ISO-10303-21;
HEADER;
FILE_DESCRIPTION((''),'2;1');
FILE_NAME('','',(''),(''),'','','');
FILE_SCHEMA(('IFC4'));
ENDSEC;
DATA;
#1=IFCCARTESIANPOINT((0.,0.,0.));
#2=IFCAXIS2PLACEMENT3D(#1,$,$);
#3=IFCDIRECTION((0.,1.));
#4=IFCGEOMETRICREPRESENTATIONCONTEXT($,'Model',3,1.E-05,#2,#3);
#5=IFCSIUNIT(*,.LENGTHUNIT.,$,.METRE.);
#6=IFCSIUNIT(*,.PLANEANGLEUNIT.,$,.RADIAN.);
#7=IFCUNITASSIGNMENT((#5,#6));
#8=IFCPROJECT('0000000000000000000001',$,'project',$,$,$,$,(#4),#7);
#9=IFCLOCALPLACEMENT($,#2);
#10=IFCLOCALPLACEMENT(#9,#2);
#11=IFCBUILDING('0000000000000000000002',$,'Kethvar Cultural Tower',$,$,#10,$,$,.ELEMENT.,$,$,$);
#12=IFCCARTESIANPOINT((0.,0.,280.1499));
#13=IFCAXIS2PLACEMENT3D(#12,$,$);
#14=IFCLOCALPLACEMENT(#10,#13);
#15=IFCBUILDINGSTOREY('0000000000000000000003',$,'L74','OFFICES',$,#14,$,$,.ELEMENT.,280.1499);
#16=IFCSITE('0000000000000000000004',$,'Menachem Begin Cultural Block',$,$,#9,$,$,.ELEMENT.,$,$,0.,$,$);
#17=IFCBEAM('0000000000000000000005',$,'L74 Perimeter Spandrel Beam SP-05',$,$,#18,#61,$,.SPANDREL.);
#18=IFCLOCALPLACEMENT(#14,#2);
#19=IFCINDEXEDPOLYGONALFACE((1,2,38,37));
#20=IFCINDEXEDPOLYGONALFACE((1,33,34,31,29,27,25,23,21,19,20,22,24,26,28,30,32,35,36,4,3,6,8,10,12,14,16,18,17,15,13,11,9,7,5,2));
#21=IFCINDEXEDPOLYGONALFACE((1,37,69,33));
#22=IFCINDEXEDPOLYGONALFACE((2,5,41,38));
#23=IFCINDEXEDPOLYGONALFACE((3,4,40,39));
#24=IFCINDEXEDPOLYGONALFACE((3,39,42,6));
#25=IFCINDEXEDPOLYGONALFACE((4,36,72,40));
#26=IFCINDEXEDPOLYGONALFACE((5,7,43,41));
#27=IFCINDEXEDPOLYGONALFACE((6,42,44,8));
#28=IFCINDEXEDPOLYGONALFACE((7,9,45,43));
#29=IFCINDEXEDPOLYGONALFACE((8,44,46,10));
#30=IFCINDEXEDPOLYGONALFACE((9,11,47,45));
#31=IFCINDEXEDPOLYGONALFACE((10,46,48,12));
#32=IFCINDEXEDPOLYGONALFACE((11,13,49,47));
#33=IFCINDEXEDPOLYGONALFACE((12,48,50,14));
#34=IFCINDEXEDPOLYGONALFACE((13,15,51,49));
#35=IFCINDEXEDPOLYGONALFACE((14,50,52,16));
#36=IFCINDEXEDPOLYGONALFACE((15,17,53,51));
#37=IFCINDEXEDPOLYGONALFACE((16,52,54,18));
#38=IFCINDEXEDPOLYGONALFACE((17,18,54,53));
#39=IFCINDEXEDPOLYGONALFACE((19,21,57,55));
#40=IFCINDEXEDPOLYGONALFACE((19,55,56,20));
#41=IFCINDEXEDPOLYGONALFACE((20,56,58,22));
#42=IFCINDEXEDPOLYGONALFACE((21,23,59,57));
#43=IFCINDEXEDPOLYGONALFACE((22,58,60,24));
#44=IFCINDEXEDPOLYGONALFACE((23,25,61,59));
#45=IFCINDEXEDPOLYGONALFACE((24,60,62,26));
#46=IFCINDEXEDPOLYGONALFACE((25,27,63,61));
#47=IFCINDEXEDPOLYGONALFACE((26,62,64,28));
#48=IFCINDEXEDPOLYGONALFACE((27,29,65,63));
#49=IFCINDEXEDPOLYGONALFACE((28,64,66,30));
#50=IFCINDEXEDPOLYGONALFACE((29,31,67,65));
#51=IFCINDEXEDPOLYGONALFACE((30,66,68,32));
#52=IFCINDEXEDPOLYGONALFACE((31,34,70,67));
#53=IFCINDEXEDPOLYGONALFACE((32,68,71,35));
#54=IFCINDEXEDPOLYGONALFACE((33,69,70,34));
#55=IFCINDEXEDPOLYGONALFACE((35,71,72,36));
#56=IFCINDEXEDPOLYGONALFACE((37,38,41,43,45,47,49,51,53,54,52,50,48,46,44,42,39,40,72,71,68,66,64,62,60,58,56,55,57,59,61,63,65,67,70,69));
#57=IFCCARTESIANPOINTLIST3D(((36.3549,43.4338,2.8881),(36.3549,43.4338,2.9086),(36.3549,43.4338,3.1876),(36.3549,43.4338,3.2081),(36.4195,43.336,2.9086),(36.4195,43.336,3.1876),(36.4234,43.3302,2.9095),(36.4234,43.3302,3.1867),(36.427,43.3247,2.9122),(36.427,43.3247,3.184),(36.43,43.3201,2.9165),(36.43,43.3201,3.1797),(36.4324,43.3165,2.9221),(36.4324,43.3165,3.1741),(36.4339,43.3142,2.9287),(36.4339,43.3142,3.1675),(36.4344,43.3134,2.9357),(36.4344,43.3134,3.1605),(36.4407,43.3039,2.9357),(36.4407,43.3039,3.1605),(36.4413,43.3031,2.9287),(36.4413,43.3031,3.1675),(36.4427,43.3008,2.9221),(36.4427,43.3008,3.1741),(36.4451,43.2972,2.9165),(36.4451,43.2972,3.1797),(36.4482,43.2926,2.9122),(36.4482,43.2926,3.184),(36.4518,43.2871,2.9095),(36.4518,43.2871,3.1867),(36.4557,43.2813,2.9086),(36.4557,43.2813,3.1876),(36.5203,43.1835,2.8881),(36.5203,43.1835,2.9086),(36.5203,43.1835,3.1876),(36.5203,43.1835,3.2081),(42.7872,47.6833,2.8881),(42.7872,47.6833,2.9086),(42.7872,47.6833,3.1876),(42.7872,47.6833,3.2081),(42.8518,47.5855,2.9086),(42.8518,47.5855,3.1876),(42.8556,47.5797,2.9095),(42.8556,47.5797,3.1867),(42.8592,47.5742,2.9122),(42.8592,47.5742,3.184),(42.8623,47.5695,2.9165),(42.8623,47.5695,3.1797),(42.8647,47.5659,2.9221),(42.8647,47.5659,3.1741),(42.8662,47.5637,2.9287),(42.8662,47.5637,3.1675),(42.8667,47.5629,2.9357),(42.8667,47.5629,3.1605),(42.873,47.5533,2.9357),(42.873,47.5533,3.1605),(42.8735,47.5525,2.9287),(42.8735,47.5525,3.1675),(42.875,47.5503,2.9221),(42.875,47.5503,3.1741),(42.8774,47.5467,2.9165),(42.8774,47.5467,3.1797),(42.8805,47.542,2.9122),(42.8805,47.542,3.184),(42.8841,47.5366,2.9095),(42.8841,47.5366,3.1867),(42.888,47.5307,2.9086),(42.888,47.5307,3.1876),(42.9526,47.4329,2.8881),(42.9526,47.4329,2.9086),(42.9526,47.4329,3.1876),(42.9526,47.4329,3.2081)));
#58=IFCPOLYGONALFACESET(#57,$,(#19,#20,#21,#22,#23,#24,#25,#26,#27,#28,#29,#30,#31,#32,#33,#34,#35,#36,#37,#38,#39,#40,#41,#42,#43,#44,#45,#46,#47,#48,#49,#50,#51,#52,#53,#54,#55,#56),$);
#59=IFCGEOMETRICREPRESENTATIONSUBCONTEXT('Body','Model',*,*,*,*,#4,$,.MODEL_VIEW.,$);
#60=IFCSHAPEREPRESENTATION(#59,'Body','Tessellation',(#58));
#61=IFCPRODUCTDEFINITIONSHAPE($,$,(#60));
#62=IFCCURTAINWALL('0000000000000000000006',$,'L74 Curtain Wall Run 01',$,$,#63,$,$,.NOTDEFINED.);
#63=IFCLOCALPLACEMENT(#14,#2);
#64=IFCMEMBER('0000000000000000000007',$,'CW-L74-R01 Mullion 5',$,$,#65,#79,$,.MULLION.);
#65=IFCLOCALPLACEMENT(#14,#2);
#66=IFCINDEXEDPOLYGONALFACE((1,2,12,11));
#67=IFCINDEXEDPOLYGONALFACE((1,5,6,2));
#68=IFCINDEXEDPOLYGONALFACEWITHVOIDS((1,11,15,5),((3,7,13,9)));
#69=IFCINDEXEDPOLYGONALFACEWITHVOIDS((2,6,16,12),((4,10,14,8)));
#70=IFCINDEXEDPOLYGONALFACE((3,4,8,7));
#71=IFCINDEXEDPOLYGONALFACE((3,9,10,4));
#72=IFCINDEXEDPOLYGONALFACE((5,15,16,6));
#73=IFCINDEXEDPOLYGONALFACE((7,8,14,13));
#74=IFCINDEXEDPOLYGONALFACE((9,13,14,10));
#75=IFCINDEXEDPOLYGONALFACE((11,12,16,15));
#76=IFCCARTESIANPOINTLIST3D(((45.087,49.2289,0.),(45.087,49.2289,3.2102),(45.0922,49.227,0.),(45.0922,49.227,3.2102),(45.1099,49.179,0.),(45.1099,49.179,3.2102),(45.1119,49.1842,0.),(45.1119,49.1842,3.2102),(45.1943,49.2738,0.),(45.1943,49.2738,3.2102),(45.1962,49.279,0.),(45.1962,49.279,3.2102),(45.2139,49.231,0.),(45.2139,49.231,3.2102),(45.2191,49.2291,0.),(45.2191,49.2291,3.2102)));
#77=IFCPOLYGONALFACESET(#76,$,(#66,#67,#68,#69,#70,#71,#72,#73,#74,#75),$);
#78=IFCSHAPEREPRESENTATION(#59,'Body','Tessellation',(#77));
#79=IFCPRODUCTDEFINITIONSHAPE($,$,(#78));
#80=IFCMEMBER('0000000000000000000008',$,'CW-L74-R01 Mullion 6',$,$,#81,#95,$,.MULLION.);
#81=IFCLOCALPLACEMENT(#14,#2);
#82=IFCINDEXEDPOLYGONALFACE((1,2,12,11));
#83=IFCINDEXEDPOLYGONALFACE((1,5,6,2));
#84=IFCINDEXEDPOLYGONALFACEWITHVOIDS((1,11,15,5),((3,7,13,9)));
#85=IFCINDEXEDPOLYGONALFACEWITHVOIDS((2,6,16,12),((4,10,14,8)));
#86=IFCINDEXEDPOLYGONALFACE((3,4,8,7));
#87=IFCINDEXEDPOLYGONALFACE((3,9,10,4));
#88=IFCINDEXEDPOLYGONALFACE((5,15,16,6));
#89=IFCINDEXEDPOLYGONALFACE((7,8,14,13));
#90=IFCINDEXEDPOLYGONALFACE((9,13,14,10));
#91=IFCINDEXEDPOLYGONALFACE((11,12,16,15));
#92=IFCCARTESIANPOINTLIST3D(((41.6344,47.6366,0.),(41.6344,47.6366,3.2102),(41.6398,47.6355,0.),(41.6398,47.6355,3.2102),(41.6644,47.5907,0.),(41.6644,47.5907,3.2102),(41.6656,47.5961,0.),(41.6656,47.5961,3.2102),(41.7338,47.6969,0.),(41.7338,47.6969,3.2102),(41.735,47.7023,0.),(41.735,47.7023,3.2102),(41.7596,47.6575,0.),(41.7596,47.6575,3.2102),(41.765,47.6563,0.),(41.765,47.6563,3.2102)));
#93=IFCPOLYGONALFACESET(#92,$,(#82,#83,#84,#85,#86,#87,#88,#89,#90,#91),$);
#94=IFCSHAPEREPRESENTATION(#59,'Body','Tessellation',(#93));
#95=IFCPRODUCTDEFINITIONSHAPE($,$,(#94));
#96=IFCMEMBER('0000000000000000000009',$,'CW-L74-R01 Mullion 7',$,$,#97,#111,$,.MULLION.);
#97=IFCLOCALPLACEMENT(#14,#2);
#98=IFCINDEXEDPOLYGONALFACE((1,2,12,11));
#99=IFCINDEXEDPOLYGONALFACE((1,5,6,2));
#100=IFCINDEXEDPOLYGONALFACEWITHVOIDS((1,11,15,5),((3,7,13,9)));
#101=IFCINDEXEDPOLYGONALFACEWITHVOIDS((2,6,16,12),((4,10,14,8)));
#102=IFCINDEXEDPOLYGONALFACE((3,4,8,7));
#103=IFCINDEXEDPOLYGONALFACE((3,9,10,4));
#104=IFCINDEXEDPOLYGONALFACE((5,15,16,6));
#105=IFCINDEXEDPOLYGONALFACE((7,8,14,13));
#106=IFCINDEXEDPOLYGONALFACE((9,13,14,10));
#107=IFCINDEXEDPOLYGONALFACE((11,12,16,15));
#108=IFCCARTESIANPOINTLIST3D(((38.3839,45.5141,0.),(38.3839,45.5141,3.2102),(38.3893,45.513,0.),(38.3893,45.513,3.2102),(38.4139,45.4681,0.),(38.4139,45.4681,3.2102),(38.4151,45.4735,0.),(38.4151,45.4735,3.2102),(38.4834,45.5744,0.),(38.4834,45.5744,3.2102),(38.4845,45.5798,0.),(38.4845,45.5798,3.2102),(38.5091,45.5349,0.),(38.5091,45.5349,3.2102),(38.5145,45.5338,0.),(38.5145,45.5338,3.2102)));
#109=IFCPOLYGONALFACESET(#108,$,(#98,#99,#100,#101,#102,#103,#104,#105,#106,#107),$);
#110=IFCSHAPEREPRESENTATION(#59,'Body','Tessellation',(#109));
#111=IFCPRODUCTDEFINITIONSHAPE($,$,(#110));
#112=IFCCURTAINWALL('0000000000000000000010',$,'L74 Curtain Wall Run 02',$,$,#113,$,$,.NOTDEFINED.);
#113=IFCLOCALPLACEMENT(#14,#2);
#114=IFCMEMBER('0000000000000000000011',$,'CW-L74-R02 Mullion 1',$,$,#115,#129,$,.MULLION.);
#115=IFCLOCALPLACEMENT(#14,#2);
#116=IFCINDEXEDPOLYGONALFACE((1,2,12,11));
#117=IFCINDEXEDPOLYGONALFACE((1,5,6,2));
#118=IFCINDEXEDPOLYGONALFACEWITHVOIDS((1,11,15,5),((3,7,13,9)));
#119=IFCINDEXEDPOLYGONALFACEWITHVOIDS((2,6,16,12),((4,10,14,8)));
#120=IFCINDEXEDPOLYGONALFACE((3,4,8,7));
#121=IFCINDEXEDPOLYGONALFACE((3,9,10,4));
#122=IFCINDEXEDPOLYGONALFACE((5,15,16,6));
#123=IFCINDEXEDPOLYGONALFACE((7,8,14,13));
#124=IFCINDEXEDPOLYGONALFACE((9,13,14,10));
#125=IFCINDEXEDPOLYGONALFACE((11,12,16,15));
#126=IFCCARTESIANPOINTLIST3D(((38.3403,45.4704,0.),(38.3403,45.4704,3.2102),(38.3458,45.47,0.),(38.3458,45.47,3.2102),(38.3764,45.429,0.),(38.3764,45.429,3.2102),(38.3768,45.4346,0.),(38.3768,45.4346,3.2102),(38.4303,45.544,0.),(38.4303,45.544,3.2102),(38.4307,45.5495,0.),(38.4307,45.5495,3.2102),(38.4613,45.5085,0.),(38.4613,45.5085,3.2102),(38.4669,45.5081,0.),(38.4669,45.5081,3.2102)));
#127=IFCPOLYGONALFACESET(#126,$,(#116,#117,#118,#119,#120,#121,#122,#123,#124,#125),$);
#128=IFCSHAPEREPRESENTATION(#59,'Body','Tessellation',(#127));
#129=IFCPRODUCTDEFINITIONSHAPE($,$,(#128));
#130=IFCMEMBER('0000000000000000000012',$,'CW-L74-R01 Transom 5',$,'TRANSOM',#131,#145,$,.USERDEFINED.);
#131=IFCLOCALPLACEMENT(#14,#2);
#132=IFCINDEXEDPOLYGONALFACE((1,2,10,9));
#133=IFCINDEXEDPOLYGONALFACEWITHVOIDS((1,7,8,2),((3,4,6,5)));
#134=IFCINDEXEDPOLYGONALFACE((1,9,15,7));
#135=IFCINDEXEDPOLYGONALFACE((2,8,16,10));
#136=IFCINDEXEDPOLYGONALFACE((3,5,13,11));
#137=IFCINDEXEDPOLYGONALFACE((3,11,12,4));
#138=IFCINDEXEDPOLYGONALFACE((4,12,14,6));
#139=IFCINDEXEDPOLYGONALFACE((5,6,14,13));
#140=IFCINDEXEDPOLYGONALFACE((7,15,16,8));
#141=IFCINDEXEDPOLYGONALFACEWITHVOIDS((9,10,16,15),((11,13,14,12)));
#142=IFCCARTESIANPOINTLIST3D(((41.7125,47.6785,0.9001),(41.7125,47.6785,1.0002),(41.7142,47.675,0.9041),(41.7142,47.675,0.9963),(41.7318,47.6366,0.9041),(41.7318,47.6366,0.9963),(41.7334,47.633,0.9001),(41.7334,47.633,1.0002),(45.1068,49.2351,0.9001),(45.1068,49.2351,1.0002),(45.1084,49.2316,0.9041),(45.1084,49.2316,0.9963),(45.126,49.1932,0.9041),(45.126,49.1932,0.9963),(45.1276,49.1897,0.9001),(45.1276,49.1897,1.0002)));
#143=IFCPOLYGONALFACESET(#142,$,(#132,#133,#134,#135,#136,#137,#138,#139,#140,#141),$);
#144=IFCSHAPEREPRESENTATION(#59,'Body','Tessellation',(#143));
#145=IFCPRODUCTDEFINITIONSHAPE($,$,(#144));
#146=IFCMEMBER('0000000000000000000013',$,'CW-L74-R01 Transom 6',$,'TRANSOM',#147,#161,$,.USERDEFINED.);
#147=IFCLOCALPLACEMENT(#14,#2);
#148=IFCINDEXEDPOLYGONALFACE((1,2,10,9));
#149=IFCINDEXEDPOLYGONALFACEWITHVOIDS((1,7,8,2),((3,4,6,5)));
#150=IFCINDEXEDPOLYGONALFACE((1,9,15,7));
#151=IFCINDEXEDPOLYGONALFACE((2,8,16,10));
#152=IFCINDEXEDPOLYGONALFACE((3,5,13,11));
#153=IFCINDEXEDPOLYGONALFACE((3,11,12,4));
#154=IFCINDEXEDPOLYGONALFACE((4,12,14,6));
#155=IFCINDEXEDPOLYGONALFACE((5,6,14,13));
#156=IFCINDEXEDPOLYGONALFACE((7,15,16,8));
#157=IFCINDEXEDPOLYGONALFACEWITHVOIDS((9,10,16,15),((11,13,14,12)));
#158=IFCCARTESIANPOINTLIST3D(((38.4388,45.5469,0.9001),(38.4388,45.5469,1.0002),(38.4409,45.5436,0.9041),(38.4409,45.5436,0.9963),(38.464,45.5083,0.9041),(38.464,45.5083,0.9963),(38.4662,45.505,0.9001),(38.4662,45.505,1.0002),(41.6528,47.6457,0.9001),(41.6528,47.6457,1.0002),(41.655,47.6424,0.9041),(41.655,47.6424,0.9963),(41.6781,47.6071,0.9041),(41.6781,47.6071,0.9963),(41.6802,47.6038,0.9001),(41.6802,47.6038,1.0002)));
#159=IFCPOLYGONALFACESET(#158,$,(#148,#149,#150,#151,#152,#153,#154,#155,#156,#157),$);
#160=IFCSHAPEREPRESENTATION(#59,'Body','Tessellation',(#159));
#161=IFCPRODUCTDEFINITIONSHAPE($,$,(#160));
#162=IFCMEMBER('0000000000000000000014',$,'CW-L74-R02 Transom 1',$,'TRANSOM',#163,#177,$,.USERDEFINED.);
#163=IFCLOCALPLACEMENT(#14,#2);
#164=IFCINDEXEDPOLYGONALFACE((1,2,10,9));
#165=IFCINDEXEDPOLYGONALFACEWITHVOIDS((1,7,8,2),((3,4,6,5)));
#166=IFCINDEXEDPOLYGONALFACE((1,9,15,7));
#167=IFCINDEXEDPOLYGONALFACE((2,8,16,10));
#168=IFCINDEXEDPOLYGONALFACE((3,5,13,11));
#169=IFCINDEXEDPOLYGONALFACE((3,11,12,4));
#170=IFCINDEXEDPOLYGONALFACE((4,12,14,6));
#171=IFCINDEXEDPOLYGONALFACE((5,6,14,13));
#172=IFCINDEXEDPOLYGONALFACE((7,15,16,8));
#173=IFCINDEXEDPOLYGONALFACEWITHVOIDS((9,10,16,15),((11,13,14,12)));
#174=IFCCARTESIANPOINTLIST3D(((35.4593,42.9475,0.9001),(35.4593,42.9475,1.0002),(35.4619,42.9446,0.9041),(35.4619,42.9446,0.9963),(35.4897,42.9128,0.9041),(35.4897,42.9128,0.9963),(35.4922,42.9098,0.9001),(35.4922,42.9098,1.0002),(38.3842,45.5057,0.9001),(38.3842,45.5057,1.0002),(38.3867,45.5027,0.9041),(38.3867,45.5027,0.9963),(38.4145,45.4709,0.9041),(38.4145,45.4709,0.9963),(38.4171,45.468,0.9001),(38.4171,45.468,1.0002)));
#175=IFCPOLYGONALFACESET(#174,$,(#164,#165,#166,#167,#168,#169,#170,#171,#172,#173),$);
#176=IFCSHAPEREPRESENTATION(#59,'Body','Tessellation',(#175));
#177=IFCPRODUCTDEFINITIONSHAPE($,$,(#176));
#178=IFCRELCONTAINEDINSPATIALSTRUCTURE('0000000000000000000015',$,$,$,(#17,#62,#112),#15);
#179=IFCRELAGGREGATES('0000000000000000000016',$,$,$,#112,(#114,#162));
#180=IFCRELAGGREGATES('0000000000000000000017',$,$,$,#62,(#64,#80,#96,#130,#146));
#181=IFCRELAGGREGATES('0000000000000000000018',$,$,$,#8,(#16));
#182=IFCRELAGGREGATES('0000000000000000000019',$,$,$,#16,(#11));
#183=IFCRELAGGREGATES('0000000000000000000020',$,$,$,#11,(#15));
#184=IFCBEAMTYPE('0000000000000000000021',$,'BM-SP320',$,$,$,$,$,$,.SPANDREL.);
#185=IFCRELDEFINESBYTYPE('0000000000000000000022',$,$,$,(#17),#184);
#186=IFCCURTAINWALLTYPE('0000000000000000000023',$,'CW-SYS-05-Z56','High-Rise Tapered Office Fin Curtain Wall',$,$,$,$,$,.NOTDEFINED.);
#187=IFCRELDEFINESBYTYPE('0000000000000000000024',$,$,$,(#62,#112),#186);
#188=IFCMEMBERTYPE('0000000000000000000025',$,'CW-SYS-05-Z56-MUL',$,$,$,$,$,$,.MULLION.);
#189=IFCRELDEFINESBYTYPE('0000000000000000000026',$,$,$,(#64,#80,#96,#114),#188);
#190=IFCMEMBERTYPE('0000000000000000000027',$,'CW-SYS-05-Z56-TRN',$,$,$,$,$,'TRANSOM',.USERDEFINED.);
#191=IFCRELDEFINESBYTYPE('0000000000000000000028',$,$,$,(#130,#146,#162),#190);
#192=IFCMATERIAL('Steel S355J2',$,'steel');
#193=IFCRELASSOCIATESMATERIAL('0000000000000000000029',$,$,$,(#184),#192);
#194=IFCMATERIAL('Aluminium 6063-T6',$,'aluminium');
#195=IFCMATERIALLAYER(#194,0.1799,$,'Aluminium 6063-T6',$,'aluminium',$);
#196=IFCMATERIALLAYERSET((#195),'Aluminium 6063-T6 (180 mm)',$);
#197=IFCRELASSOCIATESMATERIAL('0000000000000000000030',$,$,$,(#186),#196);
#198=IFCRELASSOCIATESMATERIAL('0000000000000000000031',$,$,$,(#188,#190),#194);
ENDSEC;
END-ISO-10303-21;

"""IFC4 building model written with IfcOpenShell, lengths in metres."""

from ifc_helpers import new_model, si_unit, direction, frame, origin, origin_2d, place, context, subcontext, project, spatial, hollow_rectangle, i_section, extrude, source, transform, mapped, material, layer, layer_set, material_profile, profile_set, type_object, element, aggregate, save


model = new_model("IFC4")

# Units and contexts
model_context = context("Model", 3, precision=1e-05, world=origin(), true_north=direction((0.0, 1.0)))
body_context = subcontext(model_context, "Body", "Model", "MODEL_VIEW")
ifc_project = project(units=[si_unit("LENGTHUNIT", "METRE"), si_unit("PLANEANGLEUNIT", "RADIAN")], contexts=[model_context])

# Site, building, storey
site_placement = place(None, origin())
site = spatial("IfcSite", under=ifc_project, at=site_placement, Name="Menachem Begin Cultural Block", CompositionType="ELEMENT", RefElevation=0.0)
building_placement = place(site_placement, origin())
building = spatial("IfcBuilding", under=site, at=building_placement, Name="Kethvar Cultural Tower", CompositionType="ELEMENT")
storey_placement = place(building_placement, frame((0.0, 0.0, 280.1499)))
storey = spatial("IfcBuildingStorey", under=building, at=storey_placement, Name="L74", Description="OFFICES", CompositionType="ELEMENT", Elevation=280.1499)

# Shared definitions
ifc_material_1 = material(Name="Steel S355J2", Category="steel")

# Beam
ifc_material_profile_1 = material_profile(ifc_material_1, i_section(OverallWidth=0.3, OverallDepth=0.3201, WebThickness=0.0115, FlangeThickness=0.0205, FilletRadius=0.0271, at=origin_2d()), Name="Steel S355J2 — HEB320")
ifc_profile_set_1 = profile_set([ifc_material_profile_1], Name="Steel S355J2 — HEB320")
beam_type_1 = type_object("IfcBeamType", Name="BM-SP320", PredefinedType="SPANDREL", material=ifc_profile_set_1)
shared_shape_1 = source(origin(), body_context, "Body", "SweptSolid", [
    extrude(i_section(OverallWidth=0.3, OverallDepth=0.3201, WebThickness=0.0115, FlangeThickness=0.0205, FilletRadius=0.0271, at=origin_2d()), origin(), (0.0, 0.0, 1.0), 7.7092),
])
beam_1_placement = place(storey_placement, frame((42.8699, 47.5581, 3.0481), z_axis=(-0.834362, -0.551217, 0.0), x_axis=(0.551217, -0.834362, 0.0)))
element("IfcBeam", 1, at=beam_1_placement, inside=storey, type_object=beam_type_1, Name="L74 Perimeter Spandrel Beam SP-05", PredefinedType="SPANDREL", context=body_context, shape_type="MappedRepresentation", body=[
    mapped(shared_shape_1, transform((0.0, 0.0, 0.0), scale=1.0)),
])

# Curtain wall, members
ifc_material_2 = material(Name="Aluminium 6063-T6", Category="aluminium")
ifc_layer_1 = layer(ifc_material_2, 0.1799, Name="Aluminium 6063-T6", Category="aluminium")
ifc_layer_set_1 = layer_set([ifc_layer_1], Name="Aluminium 6063-T6 (180 mm)")
curtain_wall_type = type_object("IfcCurtainWallType", Name="CW-SYS-05-Z56", Description="High-Rise Tapered Office Fin Curtain Wall", PredefinedType="NOTDEFINED", material=ifc_layer_set_1)
curtain_wall_1_placement = place(storey_placement, origin())
curtain_wall_1 = element("IfcCurtainWall", 2, at=curtain_wall_1_placement, inside=storey, type_object=curtain_wall_type, Name="L74 Curtain Wall Run 01", PredefinedType="NOTDEFINED")
ifc_material_profile_2 = material_profile(ifc_material_2, hollow_rectangle(XDim=0.0549, YDim=0.1201, WallThickness=0.0039, at=origin_2d()), Name="Aluminium 6063-T6 — RHS120x55x4")
ifc_profile_set_2 = profile_set([ifc_material_profile_2], Name="Aluminium 6063-T6 — RHS120x55x4")
member_type_1 = type_object("IfcMemberType", Name="CW-SYS-05-Z56-MUL", PredefinedType="MULLION", material=ifc_profile_set_2)
shared_shape_2 = source(origin(), body_context, "Body", "SweptSolid", [
    extrude(hollow_rectangle(XDim=0.0549, YDim=0.1201, WallThickness=0.0039, at=origin_2d()), origin(), (0.0, 0.0, 1.0), 3.2102),
])
member_1_placement = place(storey_placement, frame((45.1531, 49.229, 0.0), z_axis=(0.0, 0.0, 1.0), x_axis=(0.416868, -0.908967, 0.0)))
member_1 = element("IfcMember", 3, at=member_1_placement, type_object=member_type_1, Name="CW-L74-R01 Mullion 5", PredefinedType="MULLION", context=body_context, shape_type="MappedRepresentation", body=[
    mapped(shared_shape_2, transform((0.0, 0.0, 0.0), scale=1.0)),
])
member_2_placement = place(storey_placement, frame((41.6997, 47.6465, 0.0), z_axis=(0.0, 0.0, 1.0), x_axis=(0.546731, -0.837309, 0.0)))
member_2 = element("IfcMember", 4, at=member_2_placement, type_object=member_type_1, Name="CW-L74-R01 Mullion 6", PredefinedType="MULLION", context=body_context, shape_type="MappedRepresentation", body=[
    mapped(shared_shape_2, transform((0.0, 0.0, 0.0), scale=1.0)),
])
member_3_placement = place(storey_placement, frame((38.4492, 45.5239, 0.0), z_axis=(0.0, 0.0, 1.0), x_axis=(0.546731, -0.837309, 0.0)))
member_3 = element("IfcMember", 5, at=member_3_placement, type_object=member_type_1, Name="CW-L74-R01 Mullion 7", PredefinedType="MULLION", context=body_context, shape_type="MappedRepresentation", body=[
    mapped(shared_shape_2, transform((0.0, 0.0, 0.0), scale=1.0)),
])

# Curtain wall, member
curtain_wall_2_placement = place(storey_placement, origin())
curtain_wall_2 = element("IfcCurtainWall", 6, at=curtain_wall_2_placement, inside=storey, type_object=curtain_wall_type, Name="L74 Curtain Wall Run 02", PredefinedType="NOTDEFINED")
member_4_placement = place(storey_placement, frame((38.4036, 45.4893, 0.0), z_axis=(0.0, 0.0, 1.0), x_axis=(0.658361, -0.752702, 0.0)))
member_4 = element("IfcMember", 7, at=member_4_placement, type_object=member_type_1, Name="CW-L74-R02 Mullion 1", PredefinedType="MULLION", context=body_context, shape_type="MappedRepresentation", body=[
    mapped(shared_shape_2, transform((0.0, 0.0, 0.0), scale=1.0)),
])

# Members
ifc_material_profile_3 = material_profile(ifc_material_2, hollow_rectangle(XDim=0.05, YDim=0.1001, WallThickness=0.0039, at=origin_2d()), Name="Aluminium 6063-T6 — RHS100x50x4")
ifc_profile_set_3 = profile_set([ifc_material_profile_3], Name="Aluminium 6063-T6 — RHS100x50x4")
member_type_2 = type_object("IfcMemberType", Name="CW-SYS-05-Z56-TRN", ElementType="TRANSOM", PredefinedType="USERDEFINED", material=ifc_profile_set_3)
shared_shape_3 = source(origin(), body_context, "Body", "SweptSolid", [
    extrude(hollow_rectangle(XDim=0.05, YDim=0.1001, WallThickness=0.0039, at=origin_2d()), origin(), (0.0, 0.0, 1.0), 3.7341),
])
member_5_placement = place(storey_placement, frame((45.1172, 49.2124, 0.9502), z_axis=(-0.908971, -0.41686, 0.0), x_axis=(0.41686, -0.908971, 0.0)))
member_5 = element("IfcMember", 8, at=member_5_placement, type_object=member_type_2, Name="CW-L74-R01 Transom 5", ObjectType="TRANSOM", PredefinedType="USERDEFINED", context=body_context, shape_type="MappedRepresentation", body=[
    mapped(shared_shape_3, transform((0.0, 0.0, 0.0), scale=1.0)),
])
shared_shape_4 = source(origin(), body_context, "Body", "SweptSolid", [
    extrude(hollow_rectangle(XDim=0.05, YDim=0.1001, WallThickness=0.0039, at=origin_2d()), origin(), (0.0, 0.0, 1.0), 3.8386),
])
member_6_placement = place(storey_placement, frame((41.6665, 47.6248, 0.9502), z_axis=(-0.837287, -0.546764, 0.0), x_axis=(0.546764, -0.837287, 0.0)))
member_6 = element("IfcMember", 9, at=member_6_placement, type_object=member_type_2, Name="CW-L74-R01 Transom 6", ObjectType="TRANSOM", PredefinedType="USERDEFINED", context=body_context, shape_type="MappedRepresentation", body=[
    mapped(shared_shape_4, transform((0.0, 0.0, 0.0), scale=1.0)),
])
shared_shape_5 = source(origin(), body_context, "Body", "SweptSolid", [
    extrude(hollow_rectangle(XDim=0.05, YDim=0.1001, WallThickness=0.0039, at=origin_2d()), origin(), (0.0, 0.0, 1.0), 3.8857),
])
member_7_placement = place(storey_placement, frame((38.4006, 45.4868, 0.9502), z_axis=(-0.752717, -0.658344, 0.0), x_axis=(0.658344, -0.752717, 0.0)))
member_7 = element("IfcMember", 10, at=member_7_placement, type_object=member_type_2, Name="CW-L74-R02 Transom 1", ObjectType="TRANSOM", PredefinedType="USERDEFINED", context=body_context, shape_type="MappedRepresentation", body=[
    mapped(shared_shape_5, transform((0.0, 0.0, 0.0), scale=1.0)),
])
aggregate(curtain_wall_2, [member_4, member_7])

aggregate(curtain_wall_1, [member_1, member_2, member_3, member_5, member_6])

save(model, "model.ifc")
